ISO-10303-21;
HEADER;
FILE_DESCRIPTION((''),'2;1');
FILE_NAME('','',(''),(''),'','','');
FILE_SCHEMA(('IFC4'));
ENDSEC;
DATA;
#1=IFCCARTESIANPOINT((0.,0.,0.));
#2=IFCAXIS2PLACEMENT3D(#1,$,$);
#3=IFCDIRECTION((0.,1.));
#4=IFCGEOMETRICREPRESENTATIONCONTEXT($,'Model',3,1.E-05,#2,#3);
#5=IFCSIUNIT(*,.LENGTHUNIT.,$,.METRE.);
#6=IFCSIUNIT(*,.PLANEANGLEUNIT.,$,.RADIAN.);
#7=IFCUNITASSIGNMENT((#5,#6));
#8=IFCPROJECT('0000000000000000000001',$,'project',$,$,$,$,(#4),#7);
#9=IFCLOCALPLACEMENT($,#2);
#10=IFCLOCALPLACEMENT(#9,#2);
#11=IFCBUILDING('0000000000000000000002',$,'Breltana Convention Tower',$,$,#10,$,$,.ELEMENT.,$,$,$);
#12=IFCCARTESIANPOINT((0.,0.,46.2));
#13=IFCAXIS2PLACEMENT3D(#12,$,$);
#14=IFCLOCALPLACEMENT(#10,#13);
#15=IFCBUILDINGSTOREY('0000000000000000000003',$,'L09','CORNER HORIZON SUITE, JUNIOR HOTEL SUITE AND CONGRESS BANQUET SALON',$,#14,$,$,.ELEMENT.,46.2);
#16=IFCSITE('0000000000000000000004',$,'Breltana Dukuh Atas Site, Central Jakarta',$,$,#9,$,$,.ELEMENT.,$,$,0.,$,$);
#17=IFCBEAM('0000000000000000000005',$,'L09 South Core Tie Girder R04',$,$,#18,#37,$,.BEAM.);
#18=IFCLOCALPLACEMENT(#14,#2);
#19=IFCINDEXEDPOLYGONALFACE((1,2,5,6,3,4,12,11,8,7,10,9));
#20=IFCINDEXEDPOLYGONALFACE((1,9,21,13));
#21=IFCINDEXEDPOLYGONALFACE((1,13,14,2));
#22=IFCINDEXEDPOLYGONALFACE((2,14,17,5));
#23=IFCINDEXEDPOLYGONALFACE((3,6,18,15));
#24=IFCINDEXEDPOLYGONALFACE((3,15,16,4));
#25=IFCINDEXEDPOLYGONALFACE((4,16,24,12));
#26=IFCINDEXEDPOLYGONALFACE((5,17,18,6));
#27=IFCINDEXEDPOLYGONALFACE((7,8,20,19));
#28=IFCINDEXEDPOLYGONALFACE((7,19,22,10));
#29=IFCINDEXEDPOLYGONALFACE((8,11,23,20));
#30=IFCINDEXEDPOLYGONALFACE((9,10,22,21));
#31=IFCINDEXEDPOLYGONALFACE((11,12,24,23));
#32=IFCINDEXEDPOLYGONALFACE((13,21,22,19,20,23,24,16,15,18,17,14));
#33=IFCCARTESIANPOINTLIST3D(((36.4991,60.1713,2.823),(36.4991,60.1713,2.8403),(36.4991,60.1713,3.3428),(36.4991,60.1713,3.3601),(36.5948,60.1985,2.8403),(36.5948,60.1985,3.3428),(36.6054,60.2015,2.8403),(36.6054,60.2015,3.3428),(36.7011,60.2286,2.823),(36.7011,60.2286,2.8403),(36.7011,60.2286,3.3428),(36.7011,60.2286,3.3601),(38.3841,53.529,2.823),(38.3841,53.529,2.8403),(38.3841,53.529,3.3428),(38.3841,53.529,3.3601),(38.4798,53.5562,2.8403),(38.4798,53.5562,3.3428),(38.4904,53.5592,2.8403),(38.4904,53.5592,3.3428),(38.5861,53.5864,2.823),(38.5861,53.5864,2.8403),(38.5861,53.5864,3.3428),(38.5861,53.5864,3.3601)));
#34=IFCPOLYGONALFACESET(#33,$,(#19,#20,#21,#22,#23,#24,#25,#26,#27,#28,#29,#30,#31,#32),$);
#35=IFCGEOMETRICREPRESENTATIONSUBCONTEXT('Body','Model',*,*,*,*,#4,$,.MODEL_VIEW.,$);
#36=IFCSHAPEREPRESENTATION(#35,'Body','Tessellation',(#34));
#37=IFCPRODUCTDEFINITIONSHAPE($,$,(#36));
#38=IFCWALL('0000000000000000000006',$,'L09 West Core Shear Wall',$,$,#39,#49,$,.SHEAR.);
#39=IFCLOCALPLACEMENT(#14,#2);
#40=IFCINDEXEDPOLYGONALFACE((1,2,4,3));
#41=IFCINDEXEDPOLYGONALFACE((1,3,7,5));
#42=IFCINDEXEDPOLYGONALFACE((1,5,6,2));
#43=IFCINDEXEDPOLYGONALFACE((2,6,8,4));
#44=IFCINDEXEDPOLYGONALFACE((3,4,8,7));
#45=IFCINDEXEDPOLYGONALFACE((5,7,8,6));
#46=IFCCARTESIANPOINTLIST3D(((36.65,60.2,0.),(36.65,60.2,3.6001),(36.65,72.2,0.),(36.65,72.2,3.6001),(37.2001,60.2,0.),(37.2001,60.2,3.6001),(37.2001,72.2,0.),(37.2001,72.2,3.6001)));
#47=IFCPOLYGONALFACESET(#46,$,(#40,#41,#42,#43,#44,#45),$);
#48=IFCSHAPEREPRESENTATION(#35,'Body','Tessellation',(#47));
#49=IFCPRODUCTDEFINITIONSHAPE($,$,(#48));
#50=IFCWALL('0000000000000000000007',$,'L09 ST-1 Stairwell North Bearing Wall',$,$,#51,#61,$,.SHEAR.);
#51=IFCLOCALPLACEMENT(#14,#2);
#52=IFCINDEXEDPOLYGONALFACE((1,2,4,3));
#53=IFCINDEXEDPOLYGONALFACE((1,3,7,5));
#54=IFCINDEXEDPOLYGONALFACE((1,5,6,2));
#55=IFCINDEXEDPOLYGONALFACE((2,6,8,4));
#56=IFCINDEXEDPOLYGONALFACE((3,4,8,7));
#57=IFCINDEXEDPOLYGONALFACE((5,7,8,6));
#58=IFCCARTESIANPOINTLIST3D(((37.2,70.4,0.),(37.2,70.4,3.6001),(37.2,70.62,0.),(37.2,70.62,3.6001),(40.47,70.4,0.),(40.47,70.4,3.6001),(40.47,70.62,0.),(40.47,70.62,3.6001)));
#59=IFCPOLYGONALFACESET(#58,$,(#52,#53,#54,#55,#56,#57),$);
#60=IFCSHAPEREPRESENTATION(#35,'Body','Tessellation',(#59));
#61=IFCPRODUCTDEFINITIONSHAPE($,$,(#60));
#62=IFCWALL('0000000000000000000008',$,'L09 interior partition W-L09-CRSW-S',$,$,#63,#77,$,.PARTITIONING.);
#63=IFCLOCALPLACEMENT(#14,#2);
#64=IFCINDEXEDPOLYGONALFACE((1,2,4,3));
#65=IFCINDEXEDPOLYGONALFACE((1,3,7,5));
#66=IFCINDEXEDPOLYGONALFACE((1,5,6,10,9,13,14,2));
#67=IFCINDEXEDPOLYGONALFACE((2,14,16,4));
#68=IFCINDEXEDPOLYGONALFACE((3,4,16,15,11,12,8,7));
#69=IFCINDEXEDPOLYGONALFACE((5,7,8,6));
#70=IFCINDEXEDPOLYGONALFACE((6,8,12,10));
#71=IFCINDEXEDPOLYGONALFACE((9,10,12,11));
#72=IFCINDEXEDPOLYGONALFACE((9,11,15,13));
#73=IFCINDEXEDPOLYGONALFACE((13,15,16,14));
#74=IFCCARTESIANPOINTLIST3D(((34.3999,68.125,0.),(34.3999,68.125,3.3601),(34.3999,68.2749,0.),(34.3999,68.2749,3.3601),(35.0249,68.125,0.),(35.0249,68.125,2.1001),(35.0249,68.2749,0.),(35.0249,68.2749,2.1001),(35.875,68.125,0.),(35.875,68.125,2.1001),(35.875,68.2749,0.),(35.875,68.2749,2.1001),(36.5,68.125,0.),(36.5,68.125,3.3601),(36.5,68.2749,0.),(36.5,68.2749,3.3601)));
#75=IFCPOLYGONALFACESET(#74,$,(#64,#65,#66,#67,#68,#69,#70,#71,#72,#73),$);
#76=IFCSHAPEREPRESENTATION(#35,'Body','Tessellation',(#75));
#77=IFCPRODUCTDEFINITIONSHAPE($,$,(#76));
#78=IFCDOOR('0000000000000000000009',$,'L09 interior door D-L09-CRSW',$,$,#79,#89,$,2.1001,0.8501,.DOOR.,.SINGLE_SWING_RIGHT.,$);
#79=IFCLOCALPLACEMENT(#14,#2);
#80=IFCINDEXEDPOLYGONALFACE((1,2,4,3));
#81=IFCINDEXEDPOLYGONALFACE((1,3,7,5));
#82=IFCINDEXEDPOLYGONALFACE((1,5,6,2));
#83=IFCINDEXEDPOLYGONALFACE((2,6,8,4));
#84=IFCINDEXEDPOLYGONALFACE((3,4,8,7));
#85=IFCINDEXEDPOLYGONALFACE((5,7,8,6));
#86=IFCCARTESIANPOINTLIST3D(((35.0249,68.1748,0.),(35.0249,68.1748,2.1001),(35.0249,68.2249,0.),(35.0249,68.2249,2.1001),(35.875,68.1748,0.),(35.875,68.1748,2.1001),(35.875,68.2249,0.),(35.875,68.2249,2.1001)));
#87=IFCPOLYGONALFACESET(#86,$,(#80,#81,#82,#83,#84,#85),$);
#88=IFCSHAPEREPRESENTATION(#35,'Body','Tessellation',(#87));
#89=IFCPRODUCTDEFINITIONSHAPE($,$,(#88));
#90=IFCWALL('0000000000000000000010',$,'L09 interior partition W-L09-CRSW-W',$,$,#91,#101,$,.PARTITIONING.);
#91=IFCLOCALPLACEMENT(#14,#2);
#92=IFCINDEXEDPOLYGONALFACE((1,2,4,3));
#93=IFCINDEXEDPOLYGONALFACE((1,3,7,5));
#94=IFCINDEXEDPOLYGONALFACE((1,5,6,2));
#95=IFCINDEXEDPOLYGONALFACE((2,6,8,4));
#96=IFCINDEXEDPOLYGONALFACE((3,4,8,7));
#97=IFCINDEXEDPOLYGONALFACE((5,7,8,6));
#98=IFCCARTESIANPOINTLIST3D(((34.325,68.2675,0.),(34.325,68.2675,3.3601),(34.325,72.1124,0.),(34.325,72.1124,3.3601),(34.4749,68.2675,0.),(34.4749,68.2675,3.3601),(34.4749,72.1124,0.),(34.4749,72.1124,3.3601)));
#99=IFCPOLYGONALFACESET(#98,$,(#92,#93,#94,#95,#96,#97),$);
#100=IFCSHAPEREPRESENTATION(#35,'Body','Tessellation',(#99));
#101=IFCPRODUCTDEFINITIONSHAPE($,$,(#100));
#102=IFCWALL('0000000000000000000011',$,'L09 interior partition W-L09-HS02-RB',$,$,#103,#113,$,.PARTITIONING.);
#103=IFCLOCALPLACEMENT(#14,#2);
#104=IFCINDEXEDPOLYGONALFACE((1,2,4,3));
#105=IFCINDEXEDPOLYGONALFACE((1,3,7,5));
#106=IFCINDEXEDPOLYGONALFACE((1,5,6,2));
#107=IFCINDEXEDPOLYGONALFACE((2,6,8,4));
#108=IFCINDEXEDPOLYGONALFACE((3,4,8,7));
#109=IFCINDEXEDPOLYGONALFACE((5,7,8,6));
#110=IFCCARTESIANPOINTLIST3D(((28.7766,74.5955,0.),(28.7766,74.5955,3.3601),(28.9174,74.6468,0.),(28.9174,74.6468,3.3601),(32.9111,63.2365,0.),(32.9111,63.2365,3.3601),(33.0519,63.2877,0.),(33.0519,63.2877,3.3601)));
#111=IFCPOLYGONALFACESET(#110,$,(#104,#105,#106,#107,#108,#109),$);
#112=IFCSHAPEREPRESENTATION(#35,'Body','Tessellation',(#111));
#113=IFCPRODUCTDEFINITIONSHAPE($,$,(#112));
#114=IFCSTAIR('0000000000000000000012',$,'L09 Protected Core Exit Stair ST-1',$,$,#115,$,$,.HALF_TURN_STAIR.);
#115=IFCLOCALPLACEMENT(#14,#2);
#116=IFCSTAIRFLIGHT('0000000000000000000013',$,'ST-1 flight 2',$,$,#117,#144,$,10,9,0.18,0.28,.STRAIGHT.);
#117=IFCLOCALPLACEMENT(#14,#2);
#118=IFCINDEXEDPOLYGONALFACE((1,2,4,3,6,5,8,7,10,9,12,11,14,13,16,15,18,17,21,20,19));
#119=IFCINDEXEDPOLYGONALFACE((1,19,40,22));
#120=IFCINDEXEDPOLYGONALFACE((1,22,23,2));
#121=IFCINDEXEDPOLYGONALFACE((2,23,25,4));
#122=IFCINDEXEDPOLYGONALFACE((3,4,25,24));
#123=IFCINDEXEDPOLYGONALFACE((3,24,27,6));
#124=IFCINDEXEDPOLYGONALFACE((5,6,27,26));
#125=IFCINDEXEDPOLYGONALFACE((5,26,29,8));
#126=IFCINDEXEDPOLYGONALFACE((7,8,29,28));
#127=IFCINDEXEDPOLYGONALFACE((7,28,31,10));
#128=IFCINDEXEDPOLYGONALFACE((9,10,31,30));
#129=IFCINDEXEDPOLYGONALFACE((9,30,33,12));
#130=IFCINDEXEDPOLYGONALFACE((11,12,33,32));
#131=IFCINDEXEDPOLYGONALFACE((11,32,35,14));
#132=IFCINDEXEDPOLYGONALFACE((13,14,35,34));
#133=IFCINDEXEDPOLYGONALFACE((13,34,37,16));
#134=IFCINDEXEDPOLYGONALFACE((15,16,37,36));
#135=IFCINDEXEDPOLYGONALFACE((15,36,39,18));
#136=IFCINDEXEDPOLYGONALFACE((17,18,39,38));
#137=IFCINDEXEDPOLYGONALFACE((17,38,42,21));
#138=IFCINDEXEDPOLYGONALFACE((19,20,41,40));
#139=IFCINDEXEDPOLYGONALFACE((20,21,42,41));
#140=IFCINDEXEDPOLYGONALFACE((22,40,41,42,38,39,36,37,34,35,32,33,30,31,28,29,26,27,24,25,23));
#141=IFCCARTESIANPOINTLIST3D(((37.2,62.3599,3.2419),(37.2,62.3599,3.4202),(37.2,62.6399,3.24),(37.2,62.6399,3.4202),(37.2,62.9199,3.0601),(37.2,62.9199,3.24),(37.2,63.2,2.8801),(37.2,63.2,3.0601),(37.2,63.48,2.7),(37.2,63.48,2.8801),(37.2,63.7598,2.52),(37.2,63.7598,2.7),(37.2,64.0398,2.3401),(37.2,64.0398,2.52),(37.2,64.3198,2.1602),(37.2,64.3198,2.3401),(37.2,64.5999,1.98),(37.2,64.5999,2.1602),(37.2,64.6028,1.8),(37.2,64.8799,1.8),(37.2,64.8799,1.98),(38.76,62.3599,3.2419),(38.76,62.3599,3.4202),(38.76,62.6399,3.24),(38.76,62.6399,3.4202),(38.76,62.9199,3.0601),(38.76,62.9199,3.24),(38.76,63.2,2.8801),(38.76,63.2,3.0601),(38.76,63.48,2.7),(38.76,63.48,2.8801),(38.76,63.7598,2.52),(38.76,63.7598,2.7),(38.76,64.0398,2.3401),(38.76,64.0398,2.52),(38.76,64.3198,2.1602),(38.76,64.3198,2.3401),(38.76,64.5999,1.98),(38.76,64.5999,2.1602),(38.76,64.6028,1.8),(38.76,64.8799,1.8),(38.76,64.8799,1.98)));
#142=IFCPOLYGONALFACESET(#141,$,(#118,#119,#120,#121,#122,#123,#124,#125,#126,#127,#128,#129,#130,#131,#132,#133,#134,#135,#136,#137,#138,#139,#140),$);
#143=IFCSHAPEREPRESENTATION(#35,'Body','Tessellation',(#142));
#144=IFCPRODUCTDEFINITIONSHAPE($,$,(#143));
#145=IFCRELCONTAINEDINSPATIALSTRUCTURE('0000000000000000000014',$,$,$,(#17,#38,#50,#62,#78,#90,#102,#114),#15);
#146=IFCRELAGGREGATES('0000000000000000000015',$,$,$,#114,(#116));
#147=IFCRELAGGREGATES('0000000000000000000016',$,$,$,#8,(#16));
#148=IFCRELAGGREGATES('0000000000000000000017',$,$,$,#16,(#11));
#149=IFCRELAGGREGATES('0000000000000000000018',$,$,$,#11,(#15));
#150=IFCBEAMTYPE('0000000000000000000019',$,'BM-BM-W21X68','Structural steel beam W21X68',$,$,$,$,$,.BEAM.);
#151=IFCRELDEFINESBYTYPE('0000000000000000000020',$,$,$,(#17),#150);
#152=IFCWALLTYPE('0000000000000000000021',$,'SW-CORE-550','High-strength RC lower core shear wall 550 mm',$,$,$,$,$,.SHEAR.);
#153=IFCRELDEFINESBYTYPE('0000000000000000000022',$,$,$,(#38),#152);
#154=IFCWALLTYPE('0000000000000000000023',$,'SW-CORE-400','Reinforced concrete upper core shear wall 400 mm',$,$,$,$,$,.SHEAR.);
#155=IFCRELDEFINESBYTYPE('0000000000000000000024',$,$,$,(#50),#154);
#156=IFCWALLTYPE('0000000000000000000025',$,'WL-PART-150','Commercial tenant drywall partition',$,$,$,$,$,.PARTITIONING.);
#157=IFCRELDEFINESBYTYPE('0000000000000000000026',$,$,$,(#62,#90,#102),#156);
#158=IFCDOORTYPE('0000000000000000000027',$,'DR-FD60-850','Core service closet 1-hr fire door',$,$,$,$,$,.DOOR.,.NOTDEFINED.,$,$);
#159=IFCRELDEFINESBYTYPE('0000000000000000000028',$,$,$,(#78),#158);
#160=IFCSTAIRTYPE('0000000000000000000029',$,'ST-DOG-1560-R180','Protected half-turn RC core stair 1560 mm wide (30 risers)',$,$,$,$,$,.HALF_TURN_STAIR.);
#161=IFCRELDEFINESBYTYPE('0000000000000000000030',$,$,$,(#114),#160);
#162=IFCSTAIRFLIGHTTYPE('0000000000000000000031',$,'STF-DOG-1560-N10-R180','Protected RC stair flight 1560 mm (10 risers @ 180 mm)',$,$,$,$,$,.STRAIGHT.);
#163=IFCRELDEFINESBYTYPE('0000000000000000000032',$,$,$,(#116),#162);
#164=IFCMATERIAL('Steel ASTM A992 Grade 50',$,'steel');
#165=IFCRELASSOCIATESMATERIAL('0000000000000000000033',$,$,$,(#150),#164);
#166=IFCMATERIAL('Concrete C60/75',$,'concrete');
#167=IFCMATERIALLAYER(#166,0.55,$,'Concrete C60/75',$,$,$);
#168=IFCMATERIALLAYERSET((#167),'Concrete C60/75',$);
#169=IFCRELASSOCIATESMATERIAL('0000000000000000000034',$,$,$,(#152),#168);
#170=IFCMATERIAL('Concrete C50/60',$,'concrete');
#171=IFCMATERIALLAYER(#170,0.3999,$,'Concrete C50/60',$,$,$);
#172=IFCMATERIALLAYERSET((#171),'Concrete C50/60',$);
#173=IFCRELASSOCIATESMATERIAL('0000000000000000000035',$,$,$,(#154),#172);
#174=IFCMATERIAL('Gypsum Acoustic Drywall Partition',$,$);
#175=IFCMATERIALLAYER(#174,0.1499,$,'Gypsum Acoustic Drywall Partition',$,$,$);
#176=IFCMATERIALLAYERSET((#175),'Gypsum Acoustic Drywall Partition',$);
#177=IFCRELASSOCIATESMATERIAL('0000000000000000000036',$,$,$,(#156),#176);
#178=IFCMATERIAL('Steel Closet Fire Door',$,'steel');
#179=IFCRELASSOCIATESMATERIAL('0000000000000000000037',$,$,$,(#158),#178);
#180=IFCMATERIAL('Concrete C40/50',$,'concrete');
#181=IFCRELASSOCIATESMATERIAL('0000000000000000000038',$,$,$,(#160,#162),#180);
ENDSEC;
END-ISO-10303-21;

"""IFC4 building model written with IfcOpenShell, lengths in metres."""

from ifc_helpers import new_model, si_unit, direction, frame, frame_2d, origin, origin_2d, place, context, subcontext, project, spatial, polyline, rectangle, i_section, outline, extrude, source, transform, mapped, material, layer, layer_set, material_profile, profile_set, type_object, type_shapes, element, fill, aggregate, save


model = new_model("IFC4")

# Units and contexts
model_context = context("Model", 3, precision=1e-05, world=origin(), true_north=direction((0.0, 1.0)))
body_context = subcontext(model_context, "Body", "Model", "MODEL_VIEW")
ifc_project = project(units=[si_unit("LENGTHUNIT", "METRE"), si_unit("PLANEANGLEUNIT", "RADIAN")], contexts=[model_context])

# Site, building, storey
site_placement = place(None, origin())
site = spatial("IfcSite", under=ifc_project, at=site_placement, Name="Breltana Dukuh Atas Site, Central Jakarta", CompositionType="ELEMENT", RefElevation=0.0)
building_placement = place(site_placement, origin())
building = spatial("IfcBuilding", under=site, at=building_placement, Name="Breltana Convention Tower", CompositionType="ELEMENT")
storey_placement = place(building_placement, frame((0.0, 0.0, 46.2)))
storey = spatial("IfcBuildingStorey", under=building, at=storey_placement, Name="L09", Description="CORNER HORIZON SUITE, JUNIOR HOTEL SUITE AND CONGRESS BANQUET SALON", CompositionType="ELEMENT", Elevation=46.2)

# Beam
ifc_material_1 = material(Name="Steel ASTM A992 Grade 50", Category="steel")
ifc_material_profile = material_profile(ifc_material_1, i_section(OverallWidth=0.21, OverallDepth=0.5371, WebThickness=0.011, FlangeThickness=0.0173, at=origin_2d()), Name="W21X68")
ifc_profile_set = profile_set([ifc_material_profile], Name="Steel ASTM A992 Grade 50")
beam_type = type_object("IfcBeamType", Name="BM-BM-W21X68", Description="Structural steel beam W21X68", PredefinedType="BEAM", material=ifc_profile_set)
shared_shape_1 = source(origin(), body_context, "Body", "SweptSolid", [
    extrude(i_section(OverallWidth=0.21, OverallDepth=0.5371, WebThickness=0.011, FlangeThickness=0.0173, at=origin_2d()), origin(), (0.0, 0.0, 1.0), 6.9045),
])
type_shapes(beam_type, [shared_shape_1])
beam_placement = place(storey_placement, frame((36.6001, 60.2, 3.0916), z_axis=(0.273007, -0.962012, 0.0), x_axis=(0.962012, 0.273007, 0.0)))
element("IfcBeam", 1, at=beam_placement, inside=storey, type_object=beam_type, Name="L09 South Core Tie Girder R04", PredefinedType="BEAM", context=body_context, shape_type="MappedRepresentation", body=[
    mapped(shared_shape_1, transform((0.0, 0.0, 0.0), scale=1.0)),
])

# Wall
ifc_material_2 = material(Name="Concrete C60/75", Category="concrete")
ifc_layer_1 = layer(ifc_material_2, 0.55, Name="Concrete C60/75")
ifc_layer_set_1 = layer_set([ifc_layer_1], Name="Concrete C60/75")
wall_type_1 = type_object("IfcWallType", Name="SW-CORE-550", Description="High-strength RC lower core shear wall 550 mm", PredefinedType="SHEAR", material=ifc_layer_set_1)
shared_shape_2 = source(origin(), body_context, "Body", "SweptSolid", [
    extrude(rectangle(XDim=12.0, YDim=0.55, at=frame_2d((6.0, 0.0))), origin(), (0.0, 0.0, 1.0), 3.6001),
])
wall_1_placement = place(storey_placement, frame((36.925, 60.2, 0.0), z_axis=(0.0, 0.0, 1.0), x_axis=(0.0, 1.0, 0.0)))
element("IfcWall", 2, at=wall_1_placement, inside=storey, type_object=wall_type_1, Name="L09 West Core Shear Wall", PredefinedType="SHEAR", context=body_context, shape_type="MappedRepresentation", body=[
    mapped(shared_shape_2, transform((0.0, 0.0, 0.0), scale=1.0)),
])

# Wall
ifc_material_3 = material(Name="Concrete C50/60", Category="concrete")
ifc_layer_2 = layer(ifc_material_3, 0.3999, Name="Concrete C50/60")
ifc_layer_set_2 = layer_set([ifc_layer_2], Name="Concrete C50/60")
wall_type_2 = type_object("IfcWallType", Name="SW-CORE-400", Description="Reinforced concrete upper core shear wall 400 mm", PredefinedType="SHEAR", material=ifc_layer_set_2)
shared_shape_3 = source(origin(), body_context, "Body", "SweptSolid", [
    extrude(rectangle(XDim=3.27, YDim=0.22, at=frame_2d((1.635, 0.0))), origin(), (0.0, 0.0, 1.0), 3.6001),
])
wall_2_placement = place(storey_placement, frame((37.2, 70.51, 0.0), z_axis=(0.0, 0.0, 1.0), x_axis=(1.0, 0.0, 0.0)))
element("IfcWall", 3, at=wall_2_placement, inside=storey, type_object=wall_type_2, Name="L09 ST-1 Stairwell North Bearing Wall", PredefinedType="SHEAR", context=body_context, shape_type="MappedRepresentation", body=[
    mapped(shared_shape_3, transform((0.0, 0.0, 0.0), scale=1.0)),
])

# Wall, opening, door
ifc_material_4 = material(Name="Gypsum Acoustic Drywall Partition")
ifc_layer_3 = layer(ifc_material_4, 0.1499, Name="Gypsum Acoustic Drywall Partition")
ifc_layer_set_3 = layer_set([ifc_layer_3], Name="Gypsum Acoustic Drywall Partition")
wall_type_3 = type_object("IfcWallType", Name="WL-PART-150", Description="Commercial tenant drywall partition", PredefinedType="PARTITIONING", material=ifc_layer_set_3)
shared_shape_4 = source(origin(), body_context, "Body", "SweptSolid", [
    extrude(rectangle(XDim=2.1001, YDim=0.1499, at=frame_2d((1.05, 0.0))), origin(), (0.0, 0.0, 1.0), 3.3601),
])
wall_3_placement = place(storey_placement, frame((34.3999, 68.2, 0.0), z_axis=(0.0, 0.0, 1.0), x_axis=(1.0, 0.0, 0.0)))
wall_3 = element("IfcWall", 4, at=wall_3_placement, inside=storey, type_object=wall_type_3, Name="L09 interior partition W-L09-CRSW-S", PredefinedType="PARTITIONING", context=body_context, shape_type="MappedRepresentation", body=[
    mapped(shared_shape_4, transform((0.0, 0.0, 0.0), scale=1.0)),
])
opening_1_placement = place(wall_3_placement, frame((0.625, 0.0, 0.0)))
opening_1 = element("IfcOpeningElement", 5, at=opening_1_placement, cuts=wall_3, PredefinedType="OPENING", context=body_context, shape_type="SweptSolid", body=[
    extrude(rectangle(XDim=0.8501, YDim=2.1001, at=frame_2d((0.425, 1.05))), frame((0.0, 0.085, 0.0), z_axis=(0.0, -1.0, 0.0), x_axis=(1.0, 0.0, 0.0)), (0.0, 0.0, 1.0), 0.1699),
])
ifc_material_5 = material(Name="Steel Closet Fire Door", Category="steel")
door_type_1 = type_object("IfcDoorType", Name="DR-FD60-850", Description="Core service closet 1-hr fire door", OperationType="NOTDEFINED", PredefinedType="DOOR", material=ifc_material_5)
shared_shape_5 = source(origin(), body_context, "Body", "SweptSolid", [
    extrude(rectangle(XDim=0.8501, YDim=2.1001, at=frame_2d((0.425, 1.05))), frame((0.0, 0.0249, 0.0), z_axis=(0.0, -1.0, 0.0), x_axis=(1.0, 0.0, 0.0)), (0.0, 0.0, 1.0), 0.05),
])
type_shapes(door_type_1, [shared_shape_5])
door_1_placement = place(opening_1_placement, origin())
door_1 = element("IfcDoor", 6, at=door_1_placement, inside=storey, type_object=door_type_1, Name="L09 interior door D-L09-CRSW", OperationType="SINGLE_SWING_RIGHT", OverallHeight=2.1001, OverallWidth=0.8501, PredefinedType="DOOR", context=body_context, shape_type="MappedRepresentation", body=[
    mapped(shared_shape_5, transform((0.0, 0.0, 0.0), scale=1.0)),
])
fill(opening_1, door_1)

# Walls
shared_shape_6 = source(origin(), body_context, "Body", "SweptSolid", [
    extrude(rectangle(XDim=3.845, YDim=0.1499, at=frame_2d((1.9224, 0.0))), origin(), (0.0, 0.0, 1.0), 3.3601),
])
wall_4_placement = place(storey_placement, frame((34.3999, 68.2676, 0.0), z_axis=(0.0, 0.0, 1.0), x_axis=(0.0, 1.0, 0.0)))
element("IfcWall", 7, at=wall_4_placement, inside=storey, type_object=wall_type_3, Name="L09 interior partition W-L09-CRSW-W", PredefinedType="PARTITIONING", context=body_context, shape_type="MappedRepresentation", body=[
    mapped(shared_shape_6, transform((0.0, 0.0, 0.0), scale=1.0)),
])
shared_shape_7 = source(origin(), body_context, "Body", "SweptSolid", [
    extrude(rectangle(XDim=12.0881, YDim=0.1499, at=frame_2d((6.0439, 0.0))), origin(), (0.0, 0.0, 1.0), 3.3601),
])
wall_5_placement = place(storey_placement, frame((32.9814, 63.2622, 0.0), z_axis=(0.0, 0.0, 1.0), x_axis=(-0.34203, 0.939689, 0.0)))
element("IfcWall", 8, at=wall_5_placement, inside=storey, type_object=wall_type_3, Name="L09 interior partition W-L09-HS02-RB", PredefinedType="PARTITIONING", context=body_context, shape_type="MappedRepresentation", body=[
    mapped(shared_shape_7, transform((0.0, 0.0, 0.0), scale=1.0)),
])

# Stair, stair flight
ifc_material_6 = material(Name="Concrete C40/50", Category="concrete")
stair_type = type_object("IfcStairType", Name="ST-DOG-1560-R180", Description="Protected half-turn RC core stair 1560 mm wide (30 risers)", PredefinedType="HALF_TURN_STAIR", material=ifc_material_6)
stair_placement = place(storey_placement, origin())
stair = element("IfcStair", 9, at=stair_placement, inside=storey, type_object=stair_type, Name="L09 Protected Core Exit Stair ST-1", PredefinedType="HALF_TURN_STAIR")
stair_flight_type = type_object("IfcStairFlightType", Name="STF-DOG-1560-N10-R180", Description="Protected RC stair flight 1560 mm (10 risers @ 180 mm)", PredefinedType="STRAIGHT", material=ifc_material_6)
stair_flight_placement = place(storey_placement, frame((37.98, 64.8799, 1.8), z_axis=(0.0, 0.0, 1.0), x_axis=(0.0, -1.0, 0.0)))
stair_flight = element("IfcStairFlight", 10, at=stair_flight_placement, type_object=stair_flight_type, Name="ST-1 flight 2", NumberOfRisers=10, NumberOfTreads=9, PredefinedType="STRAIGHT", RiserHeight=0.18, TreadLength=0.28, context=body_context, shape_type="SweptSolid", body=[
    extrude(outline(polyline([(0.0, 0.0), (0.0, 0.1799), (0.28, 0.1799), (0.28, 0.3601), (0.5601, 0.3601), (0.5601, 0.54), (0.8401, 0.54), (0.8401, 0.72), (1.1201, 0.72), (1.1201, 0.8999), (1.3999, 0.8999), (1.3999, 1.0801), (1.6799, 1.0801), (1.6799, 1.26), (1.96, 1.26), (1.96, 1.4399), (2.24, 1.4399), (2.24, 1.6201), (2.52, 1.6201), (2.52, 1.8), (2.52, 1.4419), (0.2771, 0.0), (0.0, 0.0)])), frame((0.0, 0.78, 0.0), z_axis=(0.0, -1.0, 0.0), x_axis=(1.0, 0.0, 0.0)), (0.0, 0.0, 1.0), 1.5601),
])
aggregate(stair, [stair_flight])

save(model, "model.ifc")
